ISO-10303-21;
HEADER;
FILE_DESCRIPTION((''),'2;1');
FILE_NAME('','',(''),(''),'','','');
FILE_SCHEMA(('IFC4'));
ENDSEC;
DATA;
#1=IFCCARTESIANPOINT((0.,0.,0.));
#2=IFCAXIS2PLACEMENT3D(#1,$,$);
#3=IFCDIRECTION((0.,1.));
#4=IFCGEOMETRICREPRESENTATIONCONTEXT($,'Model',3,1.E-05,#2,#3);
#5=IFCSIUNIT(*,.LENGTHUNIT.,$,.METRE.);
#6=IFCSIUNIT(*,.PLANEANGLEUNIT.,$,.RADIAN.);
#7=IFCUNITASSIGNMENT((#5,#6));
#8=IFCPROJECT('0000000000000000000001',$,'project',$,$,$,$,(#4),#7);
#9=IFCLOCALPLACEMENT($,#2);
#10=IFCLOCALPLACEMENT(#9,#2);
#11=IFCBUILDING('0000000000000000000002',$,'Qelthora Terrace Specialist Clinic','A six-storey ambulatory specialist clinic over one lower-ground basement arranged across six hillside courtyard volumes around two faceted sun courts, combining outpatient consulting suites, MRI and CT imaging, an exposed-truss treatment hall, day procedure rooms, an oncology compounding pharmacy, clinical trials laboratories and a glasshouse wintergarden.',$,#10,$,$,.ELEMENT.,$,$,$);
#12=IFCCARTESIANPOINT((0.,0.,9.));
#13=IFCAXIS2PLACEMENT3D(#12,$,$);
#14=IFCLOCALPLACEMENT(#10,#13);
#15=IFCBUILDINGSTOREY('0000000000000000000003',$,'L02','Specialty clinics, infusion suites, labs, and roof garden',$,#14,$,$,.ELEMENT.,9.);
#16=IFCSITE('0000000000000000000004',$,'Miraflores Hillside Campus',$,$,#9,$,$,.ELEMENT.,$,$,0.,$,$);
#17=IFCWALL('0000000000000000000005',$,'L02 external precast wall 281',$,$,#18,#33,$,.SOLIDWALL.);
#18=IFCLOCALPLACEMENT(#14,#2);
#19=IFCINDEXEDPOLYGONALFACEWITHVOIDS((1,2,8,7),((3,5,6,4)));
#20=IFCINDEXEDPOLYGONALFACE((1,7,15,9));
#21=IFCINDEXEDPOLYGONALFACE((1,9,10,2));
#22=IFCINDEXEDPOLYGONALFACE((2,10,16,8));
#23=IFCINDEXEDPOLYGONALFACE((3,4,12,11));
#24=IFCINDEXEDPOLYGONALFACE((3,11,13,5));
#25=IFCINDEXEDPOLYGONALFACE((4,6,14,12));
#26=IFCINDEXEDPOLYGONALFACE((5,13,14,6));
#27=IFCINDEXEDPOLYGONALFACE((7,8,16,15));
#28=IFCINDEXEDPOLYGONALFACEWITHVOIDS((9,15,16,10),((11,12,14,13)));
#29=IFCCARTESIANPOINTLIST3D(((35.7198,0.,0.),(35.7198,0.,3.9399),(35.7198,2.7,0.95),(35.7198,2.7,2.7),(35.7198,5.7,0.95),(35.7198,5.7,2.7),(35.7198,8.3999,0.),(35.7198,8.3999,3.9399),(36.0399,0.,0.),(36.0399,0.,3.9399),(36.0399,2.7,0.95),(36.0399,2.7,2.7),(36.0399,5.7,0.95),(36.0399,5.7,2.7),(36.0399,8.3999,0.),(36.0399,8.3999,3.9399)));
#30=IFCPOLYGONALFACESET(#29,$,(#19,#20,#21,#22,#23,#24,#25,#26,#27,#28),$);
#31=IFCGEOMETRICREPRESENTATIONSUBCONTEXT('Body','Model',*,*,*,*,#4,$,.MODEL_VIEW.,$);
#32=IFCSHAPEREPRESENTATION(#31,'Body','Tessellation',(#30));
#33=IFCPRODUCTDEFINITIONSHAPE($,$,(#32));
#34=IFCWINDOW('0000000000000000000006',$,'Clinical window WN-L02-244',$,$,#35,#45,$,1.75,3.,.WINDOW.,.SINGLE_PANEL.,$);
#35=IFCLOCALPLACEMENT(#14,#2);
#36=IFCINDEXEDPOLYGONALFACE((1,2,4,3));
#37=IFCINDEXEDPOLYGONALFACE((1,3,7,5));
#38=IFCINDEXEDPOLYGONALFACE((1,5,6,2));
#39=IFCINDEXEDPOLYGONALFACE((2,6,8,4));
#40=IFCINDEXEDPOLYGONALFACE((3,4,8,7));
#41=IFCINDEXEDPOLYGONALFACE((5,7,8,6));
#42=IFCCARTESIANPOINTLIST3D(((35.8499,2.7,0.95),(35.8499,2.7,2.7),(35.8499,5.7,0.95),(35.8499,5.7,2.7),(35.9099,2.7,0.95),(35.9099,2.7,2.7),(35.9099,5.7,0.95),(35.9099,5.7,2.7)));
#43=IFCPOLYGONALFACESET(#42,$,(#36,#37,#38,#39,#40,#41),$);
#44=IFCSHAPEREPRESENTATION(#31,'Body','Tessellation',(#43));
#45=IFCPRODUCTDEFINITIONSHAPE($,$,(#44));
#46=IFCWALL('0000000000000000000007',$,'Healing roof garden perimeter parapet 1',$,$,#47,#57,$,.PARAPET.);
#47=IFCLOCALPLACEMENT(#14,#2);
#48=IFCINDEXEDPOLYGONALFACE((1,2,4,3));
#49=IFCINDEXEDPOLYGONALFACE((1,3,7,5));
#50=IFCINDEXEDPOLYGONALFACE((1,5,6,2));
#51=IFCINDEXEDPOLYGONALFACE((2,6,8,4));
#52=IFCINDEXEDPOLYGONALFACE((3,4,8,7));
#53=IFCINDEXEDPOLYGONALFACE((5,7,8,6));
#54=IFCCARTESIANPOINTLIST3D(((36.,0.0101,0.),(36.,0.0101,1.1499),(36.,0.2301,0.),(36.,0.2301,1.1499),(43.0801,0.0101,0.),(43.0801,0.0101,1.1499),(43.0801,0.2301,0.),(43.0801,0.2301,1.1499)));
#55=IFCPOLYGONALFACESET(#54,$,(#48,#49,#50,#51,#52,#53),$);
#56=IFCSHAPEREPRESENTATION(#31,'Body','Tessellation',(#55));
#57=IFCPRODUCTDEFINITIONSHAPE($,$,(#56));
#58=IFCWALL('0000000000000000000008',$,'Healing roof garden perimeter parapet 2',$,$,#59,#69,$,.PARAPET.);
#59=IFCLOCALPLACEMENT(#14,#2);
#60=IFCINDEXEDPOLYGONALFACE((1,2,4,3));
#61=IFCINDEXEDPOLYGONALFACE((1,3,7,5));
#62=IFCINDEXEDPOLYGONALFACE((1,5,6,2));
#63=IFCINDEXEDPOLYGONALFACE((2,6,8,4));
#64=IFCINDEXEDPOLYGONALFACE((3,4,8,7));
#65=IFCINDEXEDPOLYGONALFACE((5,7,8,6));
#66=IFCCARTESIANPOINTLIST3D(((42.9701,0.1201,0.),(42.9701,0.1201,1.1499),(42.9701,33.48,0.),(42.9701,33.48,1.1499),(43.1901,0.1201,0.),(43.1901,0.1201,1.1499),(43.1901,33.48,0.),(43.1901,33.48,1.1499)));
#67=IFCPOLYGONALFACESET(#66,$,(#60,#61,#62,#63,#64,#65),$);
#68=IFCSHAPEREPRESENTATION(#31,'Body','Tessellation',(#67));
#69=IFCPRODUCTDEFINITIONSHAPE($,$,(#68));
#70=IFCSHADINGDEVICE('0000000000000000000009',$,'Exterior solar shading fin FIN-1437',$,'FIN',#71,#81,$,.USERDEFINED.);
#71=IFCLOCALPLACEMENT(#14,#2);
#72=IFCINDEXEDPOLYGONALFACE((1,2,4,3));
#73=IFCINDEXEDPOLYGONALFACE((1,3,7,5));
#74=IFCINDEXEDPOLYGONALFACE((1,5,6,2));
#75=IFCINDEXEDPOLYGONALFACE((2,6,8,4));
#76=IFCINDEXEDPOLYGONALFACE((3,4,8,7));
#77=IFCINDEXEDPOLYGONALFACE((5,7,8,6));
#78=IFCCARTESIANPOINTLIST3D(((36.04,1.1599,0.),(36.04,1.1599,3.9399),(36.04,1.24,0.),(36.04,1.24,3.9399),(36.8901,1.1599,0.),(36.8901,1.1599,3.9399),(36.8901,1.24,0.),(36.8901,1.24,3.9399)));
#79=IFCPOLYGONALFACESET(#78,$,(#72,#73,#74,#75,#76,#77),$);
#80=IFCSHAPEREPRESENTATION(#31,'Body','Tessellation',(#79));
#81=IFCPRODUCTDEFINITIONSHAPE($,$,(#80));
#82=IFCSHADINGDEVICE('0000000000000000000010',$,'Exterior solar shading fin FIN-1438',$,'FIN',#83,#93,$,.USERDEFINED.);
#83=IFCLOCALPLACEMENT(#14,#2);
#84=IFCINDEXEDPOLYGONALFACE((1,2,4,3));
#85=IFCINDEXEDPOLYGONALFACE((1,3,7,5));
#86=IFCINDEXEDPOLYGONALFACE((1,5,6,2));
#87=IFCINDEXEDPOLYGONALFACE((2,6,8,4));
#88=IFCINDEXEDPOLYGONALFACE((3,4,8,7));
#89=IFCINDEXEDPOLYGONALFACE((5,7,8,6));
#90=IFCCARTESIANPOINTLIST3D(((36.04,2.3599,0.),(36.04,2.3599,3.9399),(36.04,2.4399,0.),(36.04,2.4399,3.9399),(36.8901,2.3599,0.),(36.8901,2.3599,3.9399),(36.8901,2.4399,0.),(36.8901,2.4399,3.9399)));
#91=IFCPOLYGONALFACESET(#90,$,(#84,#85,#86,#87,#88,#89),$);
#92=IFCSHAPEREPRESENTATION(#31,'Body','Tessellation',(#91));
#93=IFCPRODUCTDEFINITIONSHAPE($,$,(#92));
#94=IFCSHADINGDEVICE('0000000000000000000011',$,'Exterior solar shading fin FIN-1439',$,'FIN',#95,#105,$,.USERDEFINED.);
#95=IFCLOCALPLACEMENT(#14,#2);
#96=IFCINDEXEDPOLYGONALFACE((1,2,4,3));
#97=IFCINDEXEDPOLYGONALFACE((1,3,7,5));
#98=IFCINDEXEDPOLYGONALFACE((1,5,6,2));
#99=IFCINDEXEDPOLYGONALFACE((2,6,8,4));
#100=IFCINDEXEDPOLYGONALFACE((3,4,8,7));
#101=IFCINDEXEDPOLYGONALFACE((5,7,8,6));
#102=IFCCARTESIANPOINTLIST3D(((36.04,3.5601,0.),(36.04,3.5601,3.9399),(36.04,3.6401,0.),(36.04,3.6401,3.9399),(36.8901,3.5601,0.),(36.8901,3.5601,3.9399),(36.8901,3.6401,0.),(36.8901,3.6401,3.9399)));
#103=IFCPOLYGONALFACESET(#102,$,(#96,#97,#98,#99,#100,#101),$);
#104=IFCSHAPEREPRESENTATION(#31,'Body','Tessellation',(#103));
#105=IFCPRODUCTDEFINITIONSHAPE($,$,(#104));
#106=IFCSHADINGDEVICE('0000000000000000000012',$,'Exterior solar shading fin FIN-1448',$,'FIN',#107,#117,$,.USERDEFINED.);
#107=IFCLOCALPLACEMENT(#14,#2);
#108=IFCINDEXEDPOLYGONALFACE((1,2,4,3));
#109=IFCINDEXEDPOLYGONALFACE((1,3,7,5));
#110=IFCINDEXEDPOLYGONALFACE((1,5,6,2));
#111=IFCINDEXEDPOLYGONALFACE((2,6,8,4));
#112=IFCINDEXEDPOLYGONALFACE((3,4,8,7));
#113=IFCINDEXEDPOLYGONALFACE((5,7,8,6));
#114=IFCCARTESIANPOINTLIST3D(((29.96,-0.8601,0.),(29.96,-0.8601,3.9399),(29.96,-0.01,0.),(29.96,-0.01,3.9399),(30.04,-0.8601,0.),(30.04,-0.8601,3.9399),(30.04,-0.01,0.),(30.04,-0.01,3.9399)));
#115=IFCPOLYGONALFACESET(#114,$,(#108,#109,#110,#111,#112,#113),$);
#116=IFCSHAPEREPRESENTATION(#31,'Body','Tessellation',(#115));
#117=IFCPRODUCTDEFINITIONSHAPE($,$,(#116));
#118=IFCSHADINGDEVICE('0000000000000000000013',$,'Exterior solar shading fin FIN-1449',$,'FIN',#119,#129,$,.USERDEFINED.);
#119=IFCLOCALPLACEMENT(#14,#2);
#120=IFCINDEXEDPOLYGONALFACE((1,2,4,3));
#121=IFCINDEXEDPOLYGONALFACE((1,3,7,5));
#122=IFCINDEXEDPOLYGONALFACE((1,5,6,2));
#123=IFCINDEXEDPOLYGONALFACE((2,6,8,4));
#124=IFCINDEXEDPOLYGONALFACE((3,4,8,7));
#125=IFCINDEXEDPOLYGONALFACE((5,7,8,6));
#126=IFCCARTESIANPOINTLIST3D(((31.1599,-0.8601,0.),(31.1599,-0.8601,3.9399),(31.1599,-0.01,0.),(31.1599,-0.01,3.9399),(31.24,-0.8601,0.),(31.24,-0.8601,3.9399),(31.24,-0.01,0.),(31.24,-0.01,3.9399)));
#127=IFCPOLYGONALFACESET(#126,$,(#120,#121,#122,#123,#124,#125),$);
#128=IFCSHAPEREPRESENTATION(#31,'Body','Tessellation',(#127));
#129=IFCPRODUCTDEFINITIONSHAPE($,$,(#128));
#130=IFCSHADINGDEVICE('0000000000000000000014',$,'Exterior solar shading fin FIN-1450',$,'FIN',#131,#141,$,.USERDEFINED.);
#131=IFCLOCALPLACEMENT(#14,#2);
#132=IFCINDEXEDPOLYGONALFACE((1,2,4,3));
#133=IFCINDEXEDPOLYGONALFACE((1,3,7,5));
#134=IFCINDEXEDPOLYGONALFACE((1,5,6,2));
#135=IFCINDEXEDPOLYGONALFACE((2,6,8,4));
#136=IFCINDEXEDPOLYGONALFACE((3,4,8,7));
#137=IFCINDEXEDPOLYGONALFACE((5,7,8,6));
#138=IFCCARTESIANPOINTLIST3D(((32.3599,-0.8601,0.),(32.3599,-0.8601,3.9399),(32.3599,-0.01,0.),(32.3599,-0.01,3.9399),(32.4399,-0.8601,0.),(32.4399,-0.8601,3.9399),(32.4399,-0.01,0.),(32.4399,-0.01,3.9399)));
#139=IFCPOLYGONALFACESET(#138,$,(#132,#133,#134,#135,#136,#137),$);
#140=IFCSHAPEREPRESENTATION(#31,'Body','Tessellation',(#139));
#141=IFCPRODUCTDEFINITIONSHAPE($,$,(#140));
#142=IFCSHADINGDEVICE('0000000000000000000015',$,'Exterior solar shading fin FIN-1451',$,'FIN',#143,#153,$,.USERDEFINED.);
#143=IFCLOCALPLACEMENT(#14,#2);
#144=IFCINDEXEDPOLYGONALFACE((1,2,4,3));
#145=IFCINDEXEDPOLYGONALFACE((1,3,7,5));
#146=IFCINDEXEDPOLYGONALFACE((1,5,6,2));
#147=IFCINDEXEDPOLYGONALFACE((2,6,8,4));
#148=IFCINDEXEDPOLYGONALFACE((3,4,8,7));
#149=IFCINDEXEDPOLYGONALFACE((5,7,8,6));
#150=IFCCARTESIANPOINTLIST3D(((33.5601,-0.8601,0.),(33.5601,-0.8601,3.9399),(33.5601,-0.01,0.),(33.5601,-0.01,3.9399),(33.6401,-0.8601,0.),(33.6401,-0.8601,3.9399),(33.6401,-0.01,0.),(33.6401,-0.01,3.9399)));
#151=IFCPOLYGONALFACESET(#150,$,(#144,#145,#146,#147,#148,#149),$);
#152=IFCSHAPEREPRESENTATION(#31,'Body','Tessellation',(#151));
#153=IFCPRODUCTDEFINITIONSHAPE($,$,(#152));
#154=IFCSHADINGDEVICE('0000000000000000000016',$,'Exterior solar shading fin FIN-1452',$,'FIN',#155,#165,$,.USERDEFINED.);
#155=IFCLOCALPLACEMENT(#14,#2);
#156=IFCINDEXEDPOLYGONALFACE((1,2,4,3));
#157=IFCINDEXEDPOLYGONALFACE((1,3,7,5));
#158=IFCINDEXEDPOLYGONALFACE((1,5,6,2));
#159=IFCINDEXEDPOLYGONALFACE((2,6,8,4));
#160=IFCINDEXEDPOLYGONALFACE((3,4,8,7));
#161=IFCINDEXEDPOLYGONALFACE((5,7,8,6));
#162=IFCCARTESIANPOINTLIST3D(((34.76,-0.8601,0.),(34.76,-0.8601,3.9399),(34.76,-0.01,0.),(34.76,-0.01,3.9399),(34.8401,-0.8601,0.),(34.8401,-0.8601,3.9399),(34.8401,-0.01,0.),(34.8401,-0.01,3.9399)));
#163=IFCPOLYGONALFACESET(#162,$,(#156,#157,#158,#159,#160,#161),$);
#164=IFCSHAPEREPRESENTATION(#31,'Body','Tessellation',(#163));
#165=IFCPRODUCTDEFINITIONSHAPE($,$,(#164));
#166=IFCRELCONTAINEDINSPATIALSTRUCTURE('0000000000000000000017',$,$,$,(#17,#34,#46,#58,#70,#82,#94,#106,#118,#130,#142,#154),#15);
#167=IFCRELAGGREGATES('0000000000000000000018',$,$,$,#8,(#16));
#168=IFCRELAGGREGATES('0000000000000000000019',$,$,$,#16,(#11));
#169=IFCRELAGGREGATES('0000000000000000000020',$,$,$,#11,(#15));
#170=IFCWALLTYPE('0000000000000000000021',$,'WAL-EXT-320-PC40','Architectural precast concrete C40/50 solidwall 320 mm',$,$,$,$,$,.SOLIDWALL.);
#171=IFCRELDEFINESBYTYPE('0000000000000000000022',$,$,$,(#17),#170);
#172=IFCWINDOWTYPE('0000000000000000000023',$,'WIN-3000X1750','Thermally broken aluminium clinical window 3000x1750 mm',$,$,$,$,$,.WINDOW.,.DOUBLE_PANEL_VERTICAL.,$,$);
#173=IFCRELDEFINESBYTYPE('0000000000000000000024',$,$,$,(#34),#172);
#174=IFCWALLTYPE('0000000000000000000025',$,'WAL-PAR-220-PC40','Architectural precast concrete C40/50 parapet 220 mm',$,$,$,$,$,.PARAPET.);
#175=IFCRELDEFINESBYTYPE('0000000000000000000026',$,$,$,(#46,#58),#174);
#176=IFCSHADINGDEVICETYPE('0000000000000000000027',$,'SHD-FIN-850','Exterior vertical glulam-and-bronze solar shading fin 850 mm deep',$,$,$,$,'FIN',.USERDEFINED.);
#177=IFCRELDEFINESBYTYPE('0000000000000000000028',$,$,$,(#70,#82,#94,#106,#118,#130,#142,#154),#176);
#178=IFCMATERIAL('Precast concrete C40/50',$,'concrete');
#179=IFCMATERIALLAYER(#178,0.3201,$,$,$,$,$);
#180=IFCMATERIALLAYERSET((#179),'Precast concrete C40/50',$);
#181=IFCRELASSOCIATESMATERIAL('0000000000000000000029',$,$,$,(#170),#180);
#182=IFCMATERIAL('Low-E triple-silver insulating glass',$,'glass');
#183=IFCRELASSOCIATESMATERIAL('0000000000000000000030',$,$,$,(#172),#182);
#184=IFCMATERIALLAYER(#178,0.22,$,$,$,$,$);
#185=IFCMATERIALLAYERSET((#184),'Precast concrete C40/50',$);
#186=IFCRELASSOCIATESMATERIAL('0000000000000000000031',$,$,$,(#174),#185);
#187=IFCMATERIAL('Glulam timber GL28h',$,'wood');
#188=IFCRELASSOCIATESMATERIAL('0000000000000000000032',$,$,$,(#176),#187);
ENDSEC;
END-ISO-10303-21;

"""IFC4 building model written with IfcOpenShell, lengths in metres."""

from ifc_helpers import new_model, si_unit, direction, frame, frame_2d, origin, origin_2d, place, context, subcontext, project, spatial, rectangle, extrude, material, layer, layer_set, type_object, element, fill, save


model = new_model("IFC4")

# Units and contexts
model_context = context("Model", 3, precision=1e-05, world=origin(), true_north=direction((0.0, 1.0)))
body_context = subcontext(model_context, "Body", "Model", "MODEL_VIEW")
ifc_project = project(units=[si_unit("LENGTHUNIT", "METRE"), si_unit("PLANEANGLEUNIT", "RADIAN")], contexts=[model_context])

# Site, building, storey
site_placement = place(None, origin())
site = spatial("IfcSite", under=ifc_project, at=site_placement, Name="Miraflores Hillside Campus", CompositionType="ELEMENT", RefElevation=0.0)
building_placement = place(site_placement, origin())
building = spatial("IfcBuilding", under=site, at=building_placement, Name="Qelthora Terrace Specialist Clinic", Description="A six-storey ambulatory specialist clinic over one lower-ground basement arranged across six hillside courtyard volumes around two faceted sun courts, combining outpatient consulting suites, MRI and CT imaging, an exposed-truss treatment hall, day procedure rooms, an oncology compounding pharmacy, clinical trials laboratories and a glasshouse wintergarden.", CompositionType="ELEMENT")
storey_placement = place(building_placement, frame((0.0, 0.0, 9.0)))
storey = spatial("IfcBuildingStorey", under=building, at=storey_placement, Name="L02", Description="Specialty clinics, infusion suites, labs, and roof garden", CompositionType="ELEMENT", Elevation=9.0)

# Wall, opening, window
ifc_material_1 = material(Name="Precast concrete C40/50", Category="concrete")
ifc_layer_1 = layer(ifc_material_1, 0.3201)
ifc_layer_set_1 = layer_set([ifc_layer_1], Name="Precast concrete C40/50")
wall_type_1 = type_object("IfcWallType", Name="WAL-EXT-320-PC40", Description="Architectural precast concrete C40/50 solidwall 320 mm", PredefinedType="SOLIDWALL", material=ifc_layer_set_1)
wall_1_placement = place(storey_placement, frame((35.8799, 0.0, 0.0), z_axis=(0.0, 0.0, 1.0), x_axis=(0.0, 1.0, 0.0)))
wall_1 = element("IfcWall", 1, at=wall_1_placement, inside=storey, type_object=wall_type_1, Name="L02 external precast wall 281", PredefinedType="SOLIDWALL", context=body_context, shape_type="SweptSolid", body=[
    extrude(rectangle(XDim=8.3999, YDim=0.3201, at=frame_2d((4.2, 0.0))), origin(), (0.0, 0.0, 1.0), 3.9399),
])
opening_placement = place(wall_1_placement, frame((2.7, 0.0, 0.95)))
opening = element("IfcOpeningElement", 2, at=opening_placement, cuts=wall_1, PredefinedType="OPENING", context=body_context, shape_type="SweptSolid", body=[
    extrude(rectangle(XDim=3.0, YDim=1.75, at=frame_2d((1.5, 0.875))), frame((0.0, 0.1699, 0.0), z_axis=(0.0, -1.0, 0.0), x_axis=(1.0, 0.0, 0.0)), (0.0, 0.0, 1.0), 0.3401),
])
ifc_material_2 = material(Name="Low-E triple-silver insulating glass", Category="glass")
window_type = type_object("IfcWindowType", Name="WIN-3000X1750", Description="Thermally broken aluminium clinical window 3000x1750 mm", PartitioningType="DOUBLE_PANEL_VERTICAL", PredefinedType="WINDOW", material=ifc_material_2)
window_placement = place(opening_placement, origin())
window = element("IfcWindow", 3, at=window_placement, inside=storey, type_object=window_type, Name="Clinical window WN-L02-244", OverallHeight=1.75, OverallWidth=3.0, PartitioningType="SINGLE_PANEL", PredefinedType="WINDOW", context=body_context, shape_type="SweptSolid", body=[
    extrude(rectangle(XDim=3.0, YDim=1.75, at=frame_2d((1.5, 0.875))), frame((0.0, 0.03, 0.0), z_axis=(0.0, -1.0, 0.0), x_axis=(1.0, 0.0, 0.0)), (0.0, 0.0, 1.0), 0.0601),
])
fill(opening, window)

# Walls
ifc_layer_2 = layer(ifc_material_1, 0.22)
ifc_layer_set_2 = layer_set([ifc_layer_2], Name="Precast concrete C40/50")
wall_type_2 = type_object("IfcWallType", Name="WAL-PAR-220-PC40", Description="Architectural precast concrete C40/50 parapet 220 mm", PredefinedType="PARAPET", material=ifc_layer_set_2)
wall_2_placement = place(storey_placement, frame((36.0, 0.1201, 0.0), z_axis=(0.0, 0.0, 1.0), x_axis=(1.0, 0.0, 0.0)))
element("IfcWall", 4, at=wall_2_placement, inside=storey, type_object=wall_type_2, Name="Healing roof garden perimeter parapet 1", PredefinedType="PARAPET", context=body_context, shape_type="SweptSolid", body=[
    extrude(rectangle(XDim=7.0801, YDim=0.22, at=frame_2d((3.54, 0.0))), origin(), (0.0, 0.0, 1.0), 1.1499),
])
wall_3_placement = place(storey_placement, frame((43.0801, 0.1201, 0.0), z_axis=(0.0, 0.0, 1.0), x_axis=(0.0, 1.0, 0.0)))
element("IfcWall", 5, at=wall_3_placement, inside=storey, type_object=wall_type_2, Name="Healing roof garden perimeter parapet 2", PredefinedType="PARAPET", context=body_context, shape_type="SweptSolid", body=[
    extrude(rectangle(XDim=33.3599, YDim=0.22, at=frame_2d((16.6799, 0.0))), origin(), (0.0, 0.0, 1.0), 1.1499),
])

# Shading devices
ifc_material_3 = material(Name="Glulam timber GL28h", Category="wood")
shading_device_type = type_object("IfcShadingDeviceType", Name="SHD-FIN-850", Description="Exterior vertical glulam-and-bronze solar shading fin 850 mm deep", ElementType="FIN", PredefinedType="USERDEFINED", material=ifc_material_3)
for number, where, z_axis, x_axis, name in (
    (6, (36.4651, 1.2, 0.0), (0.0, 0.0, 1.0), (1.0, 0.0, 0.0), "Exterior solar shading fin FIN-1437"),
    (7, (36.4651, 2.3999, 0.0), (0.0, 0.0, 1.0), (1.0, 0.0, 0.0), "Exterior solar shading fin FIN-1438"),
    (8, (36.4651, 3.6001, 0.0), (0.0, 0.0, 1.0), (1.0, 0.0, 0.0), "Exterior solar shading fin FIN-1439"),
    (9, (30.0, -0.4351, 0.0), (0.0, 0.0, 1.0), (0.0, -1.0, 0.0), "Exterior solar shading fin FIN-1448"),
    (10, (31.2, -0.4351, 0.0), (0.0, 0.0, 1.0), (0.0, -1.0, 0.0), "Exterior solar shading fin FIN-1449"),
    (11, (32.3999, -0.4351, 0.0), (0.0, 0.0, 1.0), (0.0, -1.0, 0.0), "Exterior solar shading fin FIN-1450"),
    (12, (33.6001, -0.4351, 0.0), (0.0, 0.0, 1.0), (0.0, -1.0, 0.0), "Exterior solar shading fin FIN-1451"),
    (13, (34.8, -0.4351, 0.0), (0.0, 0.0, 1.0), (0.0, -1.0, 0.0), "Exterior solar shading fin FIN-1452"),
):
    element("IfcShadingDevice", number, at=place(storey_placement, frame(where, z_axis=z_axis, x_axis=x_axis)), inside=storey, type_object=shading_device_type, Name=name, ObjectType="FIN", PredefinedType="USERDEFINED", context=body_context, shape_type="SweptSolid", body=[
        extrude(rectangle(XDim=0.8501, YDim=0.0801, at=origin_2d()), origin(), (0.0, 0.0, 1.0), 3.9399),
    ])

save(model, "model.ifc")
